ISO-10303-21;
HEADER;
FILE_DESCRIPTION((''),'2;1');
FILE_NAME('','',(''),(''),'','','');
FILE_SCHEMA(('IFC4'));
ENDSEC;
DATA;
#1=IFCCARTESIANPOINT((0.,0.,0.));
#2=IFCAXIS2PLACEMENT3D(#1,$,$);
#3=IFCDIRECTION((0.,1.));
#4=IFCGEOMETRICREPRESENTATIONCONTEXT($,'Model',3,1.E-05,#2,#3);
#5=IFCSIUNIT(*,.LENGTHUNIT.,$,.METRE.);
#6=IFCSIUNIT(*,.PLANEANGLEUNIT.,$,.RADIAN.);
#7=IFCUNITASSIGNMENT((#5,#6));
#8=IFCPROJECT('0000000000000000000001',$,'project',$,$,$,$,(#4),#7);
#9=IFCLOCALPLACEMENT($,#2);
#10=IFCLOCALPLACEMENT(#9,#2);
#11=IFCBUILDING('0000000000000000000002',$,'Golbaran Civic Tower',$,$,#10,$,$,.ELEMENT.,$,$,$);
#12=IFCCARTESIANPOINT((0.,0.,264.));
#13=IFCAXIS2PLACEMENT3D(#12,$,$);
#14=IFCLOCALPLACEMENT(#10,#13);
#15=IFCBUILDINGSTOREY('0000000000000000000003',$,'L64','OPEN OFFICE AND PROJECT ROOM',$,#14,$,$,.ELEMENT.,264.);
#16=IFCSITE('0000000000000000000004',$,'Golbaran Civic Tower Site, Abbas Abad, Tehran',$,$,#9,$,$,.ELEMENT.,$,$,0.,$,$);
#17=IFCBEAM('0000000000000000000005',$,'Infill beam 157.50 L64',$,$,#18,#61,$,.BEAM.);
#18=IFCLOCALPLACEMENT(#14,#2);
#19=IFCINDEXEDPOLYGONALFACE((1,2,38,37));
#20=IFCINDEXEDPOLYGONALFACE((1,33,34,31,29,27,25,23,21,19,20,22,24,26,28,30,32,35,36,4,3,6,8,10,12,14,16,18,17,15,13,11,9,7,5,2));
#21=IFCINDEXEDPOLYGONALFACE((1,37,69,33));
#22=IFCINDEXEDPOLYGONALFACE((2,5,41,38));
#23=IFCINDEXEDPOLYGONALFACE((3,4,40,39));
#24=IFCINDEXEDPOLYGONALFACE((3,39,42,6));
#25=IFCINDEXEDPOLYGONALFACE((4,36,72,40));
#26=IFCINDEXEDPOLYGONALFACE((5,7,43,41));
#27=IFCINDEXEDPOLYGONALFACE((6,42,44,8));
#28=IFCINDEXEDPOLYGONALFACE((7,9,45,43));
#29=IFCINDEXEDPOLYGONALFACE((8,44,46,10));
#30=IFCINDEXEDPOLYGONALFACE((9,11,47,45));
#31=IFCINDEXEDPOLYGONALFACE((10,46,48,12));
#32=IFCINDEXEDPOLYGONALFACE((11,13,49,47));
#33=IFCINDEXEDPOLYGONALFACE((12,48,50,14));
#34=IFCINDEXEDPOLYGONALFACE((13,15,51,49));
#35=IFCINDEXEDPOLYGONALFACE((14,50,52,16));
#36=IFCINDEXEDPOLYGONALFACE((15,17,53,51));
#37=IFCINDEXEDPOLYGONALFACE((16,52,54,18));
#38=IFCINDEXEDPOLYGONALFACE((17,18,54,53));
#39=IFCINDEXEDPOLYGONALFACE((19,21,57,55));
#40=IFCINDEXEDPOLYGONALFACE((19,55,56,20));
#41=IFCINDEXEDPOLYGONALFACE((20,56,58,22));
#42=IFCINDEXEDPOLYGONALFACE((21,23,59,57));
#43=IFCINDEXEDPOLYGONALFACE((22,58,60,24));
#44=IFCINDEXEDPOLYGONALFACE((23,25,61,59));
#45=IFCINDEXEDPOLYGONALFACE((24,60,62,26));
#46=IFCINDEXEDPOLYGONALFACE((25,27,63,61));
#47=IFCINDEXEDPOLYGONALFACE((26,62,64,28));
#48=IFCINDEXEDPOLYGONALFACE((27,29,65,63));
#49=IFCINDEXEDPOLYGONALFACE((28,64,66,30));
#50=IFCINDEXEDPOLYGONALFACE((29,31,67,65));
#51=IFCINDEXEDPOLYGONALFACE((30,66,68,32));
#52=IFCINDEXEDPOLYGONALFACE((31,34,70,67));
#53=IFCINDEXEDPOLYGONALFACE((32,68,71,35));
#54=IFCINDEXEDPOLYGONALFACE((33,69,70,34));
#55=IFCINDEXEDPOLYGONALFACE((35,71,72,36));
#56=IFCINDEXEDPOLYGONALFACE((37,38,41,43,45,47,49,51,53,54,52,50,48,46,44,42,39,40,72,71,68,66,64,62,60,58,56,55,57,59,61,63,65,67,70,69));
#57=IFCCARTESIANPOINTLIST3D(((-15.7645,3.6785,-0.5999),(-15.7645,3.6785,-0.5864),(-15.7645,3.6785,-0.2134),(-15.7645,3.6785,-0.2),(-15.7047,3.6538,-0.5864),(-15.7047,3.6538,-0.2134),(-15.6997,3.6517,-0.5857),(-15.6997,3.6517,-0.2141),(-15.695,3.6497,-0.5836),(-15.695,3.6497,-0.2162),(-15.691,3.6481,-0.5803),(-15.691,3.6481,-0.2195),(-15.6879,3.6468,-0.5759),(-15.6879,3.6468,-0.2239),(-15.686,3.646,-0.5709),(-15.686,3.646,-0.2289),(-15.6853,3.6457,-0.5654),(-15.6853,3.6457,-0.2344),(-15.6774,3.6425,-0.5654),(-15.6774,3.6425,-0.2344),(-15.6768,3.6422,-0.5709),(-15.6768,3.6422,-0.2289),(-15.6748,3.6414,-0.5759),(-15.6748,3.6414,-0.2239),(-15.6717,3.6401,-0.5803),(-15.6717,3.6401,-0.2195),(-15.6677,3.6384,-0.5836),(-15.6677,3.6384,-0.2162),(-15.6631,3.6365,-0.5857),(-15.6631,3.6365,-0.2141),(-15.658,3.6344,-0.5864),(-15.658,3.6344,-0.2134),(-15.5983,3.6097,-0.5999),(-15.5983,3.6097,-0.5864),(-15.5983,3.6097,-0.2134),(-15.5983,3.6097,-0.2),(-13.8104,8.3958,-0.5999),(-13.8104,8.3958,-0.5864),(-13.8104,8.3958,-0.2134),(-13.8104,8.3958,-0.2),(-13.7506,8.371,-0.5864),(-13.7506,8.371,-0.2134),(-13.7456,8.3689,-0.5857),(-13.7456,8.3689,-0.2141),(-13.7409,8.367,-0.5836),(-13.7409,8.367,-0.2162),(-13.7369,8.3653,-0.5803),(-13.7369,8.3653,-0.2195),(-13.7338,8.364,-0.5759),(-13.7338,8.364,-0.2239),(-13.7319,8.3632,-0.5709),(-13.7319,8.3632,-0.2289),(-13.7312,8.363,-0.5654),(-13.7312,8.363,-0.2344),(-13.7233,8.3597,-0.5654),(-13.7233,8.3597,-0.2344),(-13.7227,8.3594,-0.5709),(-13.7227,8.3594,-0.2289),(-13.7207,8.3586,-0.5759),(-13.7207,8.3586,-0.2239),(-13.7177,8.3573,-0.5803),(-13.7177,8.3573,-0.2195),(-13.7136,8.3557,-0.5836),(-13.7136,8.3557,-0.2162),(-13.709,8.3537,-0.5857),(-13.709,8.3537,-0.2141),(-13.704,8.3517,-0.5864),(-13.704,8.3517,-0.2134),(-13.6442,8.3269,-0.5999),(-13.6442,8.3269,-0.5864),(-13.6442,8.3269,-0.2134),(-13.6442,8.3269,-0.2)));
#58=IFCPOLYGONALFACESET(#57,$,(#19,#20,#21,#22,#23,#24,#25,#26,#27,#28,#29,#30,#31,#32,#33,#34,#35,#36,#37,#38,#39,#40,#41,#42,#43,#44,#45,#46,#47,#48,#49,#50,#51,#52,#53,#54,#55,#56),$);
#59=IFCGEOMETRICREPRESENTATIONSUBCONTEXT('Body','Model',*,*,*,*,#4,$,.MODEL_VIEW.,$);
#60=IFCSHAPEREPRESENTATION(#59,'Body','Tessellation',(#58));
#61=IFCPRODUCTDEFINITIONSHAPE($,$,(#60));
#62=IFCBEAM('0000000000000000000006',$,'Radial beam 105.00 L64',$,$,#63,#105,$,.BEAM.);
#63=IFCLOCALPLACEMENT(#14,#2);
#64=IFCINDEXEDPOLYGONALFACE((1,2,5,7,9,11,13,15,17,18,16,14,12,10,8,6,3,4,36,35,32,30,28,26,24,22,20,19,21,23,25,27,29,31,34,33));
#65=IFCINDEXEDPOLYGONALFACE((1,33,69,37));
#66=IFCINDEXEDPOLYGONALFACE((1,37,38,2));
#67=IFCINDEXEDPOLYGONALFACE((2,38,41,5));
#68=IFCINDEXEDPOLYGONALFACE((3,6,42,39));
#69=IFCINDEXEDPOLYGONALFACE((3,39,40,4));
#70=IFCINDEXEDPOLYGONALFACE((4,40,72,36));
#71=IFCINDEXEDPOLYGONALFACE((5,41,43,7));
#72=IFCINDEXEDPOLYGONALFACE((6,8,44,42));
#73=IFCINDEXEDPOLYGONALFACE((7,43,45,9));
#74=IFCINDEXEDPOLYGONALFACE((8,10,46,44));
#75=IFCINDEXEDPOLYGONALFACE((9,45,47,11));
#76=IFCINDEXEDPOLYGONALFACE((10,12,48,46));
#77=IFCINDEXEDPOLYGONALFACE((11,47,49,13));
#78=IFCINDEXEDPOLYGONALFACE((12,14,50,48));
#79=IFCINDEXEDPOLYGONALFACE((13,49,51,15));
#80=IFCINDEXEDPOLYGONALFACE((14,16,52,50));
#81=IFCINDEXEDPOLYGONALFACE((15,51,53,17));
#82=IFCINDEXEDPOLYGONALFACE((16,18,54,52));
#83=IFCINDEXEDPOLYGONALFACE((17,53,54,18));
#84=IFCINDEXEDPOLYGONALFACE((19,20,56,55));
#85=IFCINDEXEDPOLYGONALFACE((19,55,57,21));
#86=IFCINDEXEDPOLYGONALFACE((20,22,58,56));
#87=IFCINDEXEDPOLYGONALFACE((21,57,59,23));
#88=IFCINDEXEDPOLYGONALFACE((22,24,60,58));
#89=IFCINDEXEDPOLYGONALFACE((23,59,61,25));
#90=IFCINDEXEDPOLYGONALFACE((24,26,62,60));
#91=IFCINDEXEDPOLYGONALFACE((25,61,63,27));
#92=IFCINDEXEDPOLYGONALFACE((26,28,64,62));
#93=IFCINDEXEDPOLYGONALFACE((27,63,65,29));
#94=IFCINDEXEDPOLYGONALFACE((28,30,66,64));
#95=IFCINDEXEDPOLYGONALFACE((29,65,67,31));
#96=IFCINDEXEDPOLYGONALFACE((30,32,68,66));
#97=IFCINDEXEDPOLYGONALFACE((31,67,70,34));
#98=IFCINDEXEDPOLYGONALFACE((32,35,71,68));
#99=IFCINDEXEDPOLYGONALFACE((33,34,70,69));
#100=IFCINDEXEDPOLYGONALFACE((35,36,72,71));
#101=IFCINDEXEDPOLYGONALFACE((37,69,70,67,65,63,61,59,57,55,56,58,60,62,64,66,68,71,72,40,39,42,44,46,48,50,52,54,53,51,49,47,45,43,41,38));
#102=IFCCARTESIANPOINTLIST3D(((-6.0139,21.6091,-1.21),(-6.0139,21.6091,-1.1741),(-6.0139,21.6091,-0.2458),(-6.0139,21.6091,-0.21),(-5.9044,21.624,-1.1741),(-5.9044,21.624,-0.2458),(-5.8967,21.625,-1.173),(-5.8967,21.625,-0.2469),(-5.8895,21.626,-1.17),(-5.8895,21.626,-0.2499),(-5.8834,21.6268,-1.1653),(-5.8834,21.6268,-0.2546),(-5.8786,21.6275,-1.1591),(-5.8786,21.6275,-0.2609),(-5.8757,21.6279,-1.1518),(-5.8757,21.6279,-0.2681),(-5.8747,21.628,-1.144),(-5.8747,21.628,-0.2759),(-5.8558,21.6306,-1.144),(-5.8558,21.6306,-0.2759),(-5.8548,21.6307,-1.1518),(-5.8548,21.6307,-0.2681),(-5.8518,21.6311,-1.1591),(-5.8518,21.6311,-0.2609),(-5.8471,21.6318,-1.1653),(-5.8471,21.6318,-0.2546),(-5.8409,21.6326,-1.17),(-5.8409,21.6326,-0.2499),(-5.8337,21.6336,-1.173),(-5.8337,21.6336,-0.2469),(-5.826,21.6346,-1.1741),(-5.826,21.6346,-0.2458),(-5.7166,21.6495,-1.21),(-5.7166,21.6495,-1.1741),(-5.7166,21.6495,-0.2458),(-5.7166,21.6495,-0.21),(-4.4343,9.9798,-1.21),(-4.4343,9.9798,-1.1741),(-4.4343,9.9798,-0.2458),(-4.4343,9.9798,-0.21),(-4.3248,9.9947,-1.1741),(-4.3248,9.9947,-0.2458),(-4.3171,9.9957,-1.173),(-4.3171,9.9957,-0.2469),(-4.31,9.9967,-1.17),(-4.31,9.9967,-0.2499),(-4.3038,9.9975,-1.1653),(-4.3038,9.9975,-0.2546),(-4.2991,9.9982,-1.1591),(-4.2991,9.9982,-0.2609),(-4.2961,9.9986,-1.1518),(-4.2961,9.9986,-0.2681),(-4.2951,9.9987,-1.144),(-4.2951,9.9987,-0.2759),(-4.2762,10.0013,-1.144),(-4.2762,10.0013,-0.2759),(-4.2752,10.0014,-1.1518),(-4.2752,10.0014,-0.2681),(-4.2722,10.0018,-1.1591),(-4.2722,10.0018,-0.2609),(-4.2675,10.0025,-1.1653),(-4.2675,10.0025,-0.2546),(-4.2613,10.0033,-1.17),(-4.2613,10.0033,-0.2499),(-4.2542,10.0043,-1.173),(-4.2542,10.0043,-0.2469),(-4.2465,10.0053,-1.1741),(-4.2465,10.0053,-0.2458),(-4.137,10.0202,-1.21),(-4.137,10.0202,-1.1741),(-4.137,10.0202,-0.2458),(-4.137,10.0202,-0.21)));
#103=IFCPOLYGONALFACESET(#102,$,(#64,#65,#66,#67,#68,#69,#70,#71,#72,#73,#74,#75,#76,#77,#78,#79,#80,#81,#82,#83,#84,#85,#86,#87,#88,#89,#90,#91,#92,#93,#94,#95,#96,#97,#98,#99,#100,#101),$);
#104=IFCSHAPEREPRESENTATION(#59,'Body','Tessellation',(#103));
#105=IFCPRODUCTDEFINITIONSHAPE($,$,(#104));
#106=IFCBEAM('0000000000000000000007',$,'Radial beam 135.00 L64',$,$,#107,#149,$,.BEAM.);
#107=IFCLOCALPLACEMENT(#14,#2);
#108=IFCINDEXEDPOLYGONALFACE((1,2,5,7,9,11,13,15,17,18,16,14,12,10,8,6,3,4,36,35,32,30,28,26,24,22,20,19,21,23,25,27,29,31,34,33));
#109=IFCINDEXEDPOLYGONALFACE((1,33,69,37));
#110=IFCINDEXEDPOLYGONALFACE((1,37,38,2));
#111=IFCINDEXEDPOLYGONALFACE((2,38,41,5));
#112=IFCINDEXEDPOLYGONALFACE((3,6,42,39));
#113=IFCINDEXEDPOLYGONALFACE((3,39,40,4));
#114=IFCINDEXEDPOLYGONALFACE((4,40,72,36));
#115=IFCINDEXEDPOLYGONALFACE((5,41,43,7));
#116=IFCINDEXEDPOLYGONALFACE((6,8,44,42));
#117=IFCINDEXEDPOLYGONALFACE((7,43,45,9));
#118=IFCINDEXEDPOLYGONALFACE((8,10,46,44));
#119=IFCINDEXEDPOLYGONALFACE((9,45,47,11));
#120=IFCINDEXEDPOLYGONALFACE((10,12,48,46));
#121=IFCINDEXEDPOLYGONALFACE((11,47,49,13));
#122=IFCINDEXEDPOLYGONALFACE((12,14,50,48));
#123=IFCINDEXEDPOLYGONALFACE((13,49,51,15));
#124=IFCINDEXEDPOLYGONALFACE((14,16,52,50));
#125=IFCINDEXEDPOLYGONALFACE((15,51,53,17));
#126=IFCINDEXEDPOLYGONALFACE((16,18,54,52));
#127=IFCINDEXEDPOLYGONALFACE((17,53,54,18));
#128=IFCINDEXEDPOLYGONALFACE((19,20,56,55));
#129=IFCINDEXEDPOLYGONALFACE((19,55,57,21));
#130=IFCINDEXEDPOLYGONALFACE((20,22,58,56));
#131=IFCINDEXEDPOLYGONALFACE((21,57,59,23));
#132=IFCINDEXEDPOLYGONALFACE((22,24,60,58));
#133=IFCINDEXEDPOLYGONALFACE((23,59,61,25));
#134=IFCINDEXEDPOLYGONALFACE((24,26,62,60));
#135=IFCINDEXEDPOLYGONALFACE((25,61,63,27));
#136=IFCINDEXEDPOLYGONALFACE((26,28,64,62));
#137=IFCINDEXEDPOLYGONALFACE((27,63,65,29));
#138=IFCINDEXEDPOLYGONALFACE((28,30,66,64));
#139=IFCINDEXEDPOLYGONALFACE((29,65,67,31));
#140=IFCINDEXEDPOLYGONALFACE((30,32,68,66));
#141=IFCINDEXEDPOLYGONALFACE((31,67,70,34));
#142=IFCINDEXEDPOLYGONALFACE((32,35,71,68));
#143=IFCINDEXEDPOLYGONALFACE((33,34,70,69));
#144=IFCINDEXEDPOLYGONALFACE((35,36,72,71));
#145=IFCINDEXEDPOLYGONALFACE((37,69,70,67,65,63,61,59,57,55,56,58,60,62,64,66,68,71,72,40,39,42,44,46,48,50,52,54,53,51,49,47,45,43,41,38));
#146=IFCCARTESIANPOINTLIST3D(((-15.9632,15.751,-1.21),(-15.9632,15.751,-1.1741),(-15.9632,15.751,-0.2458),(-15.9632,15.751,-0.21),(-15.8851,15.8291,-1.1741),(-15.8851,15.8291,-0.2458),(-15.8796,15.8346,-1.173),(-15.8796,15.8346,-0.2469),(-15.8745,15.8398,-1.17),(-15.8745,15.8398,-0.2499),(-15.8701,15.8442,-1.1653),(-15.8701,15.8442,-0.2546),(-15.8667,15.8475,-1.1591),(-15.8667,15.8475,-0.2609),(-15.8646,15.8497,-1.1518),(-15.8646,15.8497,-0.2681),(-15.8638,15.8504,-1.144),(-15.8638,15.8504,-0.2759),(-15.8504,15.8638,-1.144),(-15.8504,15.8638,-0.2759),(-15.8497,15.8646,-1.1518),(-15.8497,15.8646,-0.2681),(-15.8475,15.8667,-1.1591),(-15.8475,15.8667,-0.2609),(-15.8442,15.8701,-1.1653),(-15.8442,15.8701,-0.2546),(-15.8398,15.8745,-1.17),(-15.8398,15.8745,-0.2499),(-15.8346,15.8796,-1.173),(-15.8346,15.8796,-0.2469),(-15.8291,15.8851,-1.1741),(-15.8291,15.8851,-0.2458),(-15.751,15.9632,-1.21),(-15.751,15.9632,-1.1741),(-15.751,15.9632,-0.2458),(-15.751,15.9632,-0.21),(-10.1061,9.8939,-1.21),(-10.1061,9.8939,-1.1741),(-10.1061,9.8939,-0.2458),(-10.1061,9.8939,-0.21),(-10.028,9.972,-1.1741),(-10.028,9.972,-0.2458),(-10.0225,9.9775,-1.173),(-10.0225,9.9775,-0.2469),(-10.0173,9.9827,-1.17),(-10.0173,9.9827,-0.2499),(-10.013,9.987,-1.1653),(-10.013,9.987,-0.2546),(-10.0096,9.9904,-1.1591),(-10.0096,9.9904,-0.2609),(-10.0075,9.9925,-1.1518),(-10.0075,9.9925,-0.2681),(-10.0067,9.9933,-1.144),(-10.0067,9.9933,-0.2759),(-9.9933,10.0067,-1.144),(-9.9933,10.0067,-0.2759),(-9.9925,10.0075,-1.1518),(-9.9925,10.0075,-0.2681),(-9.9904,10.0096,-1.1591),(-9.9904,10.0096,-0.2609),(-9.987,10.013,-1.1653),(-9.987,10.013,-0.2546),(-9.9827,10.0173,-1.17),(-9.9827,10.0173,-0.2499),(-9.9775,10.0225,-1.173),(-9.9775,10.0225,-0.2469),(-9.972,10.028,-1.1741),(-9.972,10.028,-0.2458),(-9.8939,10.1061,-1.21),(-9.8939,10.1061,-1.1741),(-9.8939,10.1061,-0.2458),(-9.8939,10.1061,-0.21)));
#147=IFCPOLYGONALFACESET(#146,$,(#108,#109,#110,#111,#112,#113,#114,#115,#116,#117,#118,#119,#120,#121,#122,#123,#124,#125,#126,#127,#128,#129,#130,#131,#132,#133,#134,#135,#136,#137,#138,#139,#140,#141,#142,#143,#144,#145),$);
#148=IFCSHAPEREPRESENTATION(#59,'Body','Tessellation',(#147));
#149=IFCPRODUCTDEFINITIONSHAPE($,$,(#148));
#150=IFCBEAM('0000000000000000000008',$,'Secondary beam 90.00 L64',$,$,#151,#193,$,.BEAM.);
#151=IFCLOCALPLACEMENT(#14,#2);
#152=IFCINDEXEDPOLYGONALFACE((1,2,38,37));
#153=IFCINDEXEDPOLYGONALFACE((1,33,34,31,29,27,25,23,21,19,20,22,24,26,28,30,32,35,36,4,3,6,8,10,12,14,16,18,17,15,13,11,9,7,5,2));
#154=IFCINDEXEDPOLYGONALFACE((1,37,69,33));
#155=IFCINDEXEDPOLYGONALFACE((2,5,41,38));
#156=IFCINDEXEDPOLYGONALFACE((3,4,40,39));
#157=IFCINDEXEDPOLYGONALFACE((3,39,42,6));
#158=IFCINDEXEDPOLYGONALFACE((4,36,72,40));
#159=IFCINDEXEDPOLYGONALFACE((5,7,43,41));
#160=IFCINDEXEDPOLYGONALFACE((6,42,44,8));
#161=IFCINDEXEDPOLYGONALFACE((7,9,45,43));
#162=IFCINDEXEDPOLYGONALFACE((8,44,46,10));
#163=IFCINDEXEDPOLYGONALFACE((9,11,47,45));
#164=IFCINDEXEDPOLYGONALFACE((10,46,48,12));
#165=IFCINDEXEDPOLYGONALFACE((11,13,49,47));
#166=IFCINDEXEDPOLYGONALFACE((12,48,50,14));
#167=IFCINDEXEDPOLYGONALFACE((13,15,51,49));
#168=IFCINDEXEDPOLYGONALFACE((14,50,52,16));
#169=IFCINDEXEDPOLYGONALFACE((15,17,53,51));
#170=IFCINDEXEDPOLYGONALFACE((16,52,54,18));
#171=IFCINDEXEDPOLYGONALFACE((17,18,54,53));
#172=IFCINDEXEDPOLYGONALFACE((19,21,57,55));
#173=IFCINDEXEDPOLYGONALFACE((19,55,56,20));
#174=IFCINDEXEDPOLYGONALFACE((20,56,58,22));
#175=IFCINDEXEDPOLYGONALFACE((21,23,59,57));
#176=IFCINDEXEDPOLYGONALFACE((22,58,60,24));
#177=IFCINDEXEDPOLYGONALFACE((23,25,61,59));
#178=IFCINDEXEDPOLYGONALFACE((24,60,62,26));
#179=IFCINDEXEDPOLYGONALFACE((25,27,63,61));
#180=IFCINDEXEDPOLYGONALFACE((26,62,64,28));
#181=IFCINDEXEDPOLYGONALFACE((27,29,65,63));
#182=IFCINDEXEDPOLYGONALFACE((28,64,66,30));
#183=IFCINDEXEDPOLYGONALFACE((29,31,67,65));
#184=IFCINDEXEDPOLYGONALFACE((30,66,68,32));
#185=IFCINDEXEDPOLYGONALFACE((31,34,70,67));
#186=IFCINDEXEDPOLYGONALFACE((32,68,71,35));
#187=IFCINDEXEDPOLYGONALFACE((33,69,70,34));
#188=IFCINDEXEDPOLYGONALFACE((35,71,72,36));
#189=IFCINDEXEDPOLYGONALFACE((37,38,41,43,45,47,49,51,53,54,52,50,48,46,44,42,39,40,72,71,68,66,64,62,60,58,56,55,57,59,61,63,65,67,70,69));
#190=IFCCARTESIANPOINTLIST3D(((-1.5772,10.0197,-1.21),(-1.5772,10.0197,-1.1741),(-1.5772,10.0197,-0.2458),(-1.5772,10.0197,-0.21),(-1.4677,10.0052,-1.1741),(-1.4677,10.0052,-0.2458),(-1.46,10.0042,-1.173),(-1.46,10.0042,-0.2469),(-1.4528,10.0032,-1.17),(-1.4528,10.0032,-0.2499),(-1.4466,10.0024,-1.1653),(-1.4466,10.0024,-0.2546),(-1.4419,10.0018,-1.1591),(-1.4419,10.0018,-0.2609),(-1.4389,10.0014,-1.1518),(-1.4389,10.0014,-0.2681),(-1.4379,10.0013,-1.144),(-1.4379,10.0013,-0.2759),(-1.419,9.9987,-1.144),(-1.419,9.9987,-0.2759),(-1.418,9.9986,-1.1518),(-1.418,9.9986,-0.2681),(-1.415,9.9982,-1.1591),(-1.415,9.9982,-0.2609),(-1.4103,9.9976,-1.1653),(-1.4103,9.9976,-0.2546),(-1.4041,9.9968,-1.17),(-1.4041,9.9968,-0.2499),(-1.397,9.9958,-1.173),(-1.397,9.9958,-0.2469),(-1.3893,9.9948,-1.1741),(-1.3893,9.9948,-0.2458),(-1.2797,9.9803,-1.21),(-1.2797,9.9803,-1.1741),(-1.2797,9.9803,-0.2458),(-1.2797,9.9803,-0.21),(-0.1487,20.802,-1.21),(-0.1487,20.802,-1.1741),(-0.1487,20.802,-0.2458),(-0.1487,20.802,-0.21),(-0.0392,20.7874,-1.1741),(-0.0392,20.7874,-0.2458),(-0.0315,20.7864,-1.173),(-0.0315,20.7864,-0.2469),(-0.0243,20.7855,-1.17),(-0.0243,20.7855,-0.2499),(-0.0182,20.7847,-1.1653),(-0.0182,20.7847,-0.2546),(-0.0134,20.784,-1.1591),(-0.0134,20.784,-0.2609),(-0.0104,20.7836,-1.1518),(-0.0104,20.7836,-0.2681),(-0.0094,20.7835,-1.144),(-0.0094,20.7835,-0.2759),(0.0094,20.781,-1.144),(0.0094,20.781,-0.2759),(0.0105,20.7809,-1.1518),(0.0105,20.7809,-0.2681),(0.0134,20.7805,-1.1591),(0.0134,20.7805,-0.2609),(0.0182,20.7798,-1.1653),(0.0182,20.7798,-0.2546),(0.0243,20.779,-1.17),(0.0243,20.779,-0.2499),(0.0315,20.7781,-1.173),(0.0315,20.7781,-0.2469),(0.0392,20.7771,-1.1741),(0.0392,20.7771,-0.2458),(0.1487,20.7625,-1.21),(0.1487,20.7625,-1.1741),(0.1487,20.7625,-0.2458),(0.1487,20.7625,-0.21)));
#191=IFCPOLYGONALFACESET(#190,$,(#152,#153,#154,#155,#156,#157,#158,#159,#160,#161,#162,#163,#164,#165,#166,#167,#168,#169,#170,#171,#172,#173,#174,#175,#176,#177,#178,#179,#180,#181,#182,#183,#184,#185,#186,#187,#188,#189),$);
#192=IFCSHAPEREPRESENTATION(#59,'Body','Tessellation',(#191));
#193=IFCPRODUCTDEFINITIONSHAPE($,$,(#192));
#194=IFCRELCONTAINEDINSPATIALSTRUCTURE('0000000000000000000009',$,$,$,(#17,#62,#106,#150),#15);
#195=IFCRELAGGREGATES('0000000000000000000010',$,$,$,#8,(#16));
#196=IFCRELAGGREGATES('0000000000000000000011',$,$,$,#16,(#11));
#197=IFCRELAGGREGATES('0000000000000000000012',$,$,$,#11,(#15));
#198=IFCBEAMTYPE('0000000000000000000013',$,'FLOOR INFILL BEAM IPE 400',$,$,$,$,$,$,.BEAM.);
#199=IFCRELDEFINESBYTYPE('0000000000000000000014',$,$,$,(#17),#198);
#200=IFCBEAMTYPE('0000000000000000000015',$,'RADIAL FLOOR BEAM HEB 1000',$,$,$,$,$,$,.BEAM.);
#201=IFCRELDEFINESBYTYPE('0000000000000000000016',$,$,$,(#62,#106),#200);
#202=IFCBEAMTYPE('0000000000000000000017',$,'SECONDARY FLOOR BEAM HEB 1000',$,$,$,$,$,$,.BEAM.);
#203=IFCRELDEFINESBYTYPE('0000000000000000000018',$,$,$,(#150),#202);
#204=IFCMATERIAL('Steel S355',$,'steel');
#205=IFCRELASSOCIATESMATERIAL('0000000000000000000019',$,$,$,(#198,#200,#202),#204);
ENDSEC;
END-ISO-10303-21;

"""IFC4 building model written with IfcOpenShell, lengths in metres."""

from ifc_helpers import new_model, si_unit, direction, frame, origin, origin_2d, place, context, subcontext, project, spatial, i_section, extrude, material, material_profile, profile_set, type_object, element, save


model = new_model("IFC4")

# Units and contexts
model_context = context("Model", 3, precision=1e-05, world=origin(), true_north=direction((0.0, 1.0)))
body_context = subcontext(model_context, "Body", "Model", "MODEL_VIEW")
ifc_project = project(units=[si_unit("LENGTHUNIT", "METRE"), si_unit("PLANEANGLEUNIT", "RADIAN")], contexts=[model_context])

# Site, building, storey
site_placement = place(None, origin())
site = spatial("IfcSite", under=ifc_project, at=site_placement, Name="Golbaran Civic Tower Site, Abbas Abad, Tehran", CompositionType="ELEMENT", RefElevation=0.0)
building_placement = place(site_placement, origin())
building = spatial("IfcBuilding", under=site, at=building_placement, Name="Golbaran Civic Tower", CompositionType="ELEMENT")
storey_placement = place(building_placement, frame((0.0, 0.0, 264.0)))
storey = spatial("IfcBuildingStorey", under=building, at=storey_placement, Name="L64", Description="OPEN OFFICE AND PROJECT ROOM", CompositionType="ELEMENT", Elevation=264.0)

# Beams
ifc_material_1 = material(Name="Steel S355", Category="steel")
ifc_material_profile_1 = material_profile(ifc_material_1, i_section(OverallWidth=0.1799, OverallDepth=0.3999, WebThickness=0.0085, FlangeThickness=0.0134, FilletRadius=0.021, at=origin_2d()), Name="IPE 400")
ifc_profile_set_1 = profile_set([ifc_material_profile_1], Name="Steel S355")
beam_type_1 = type_object("IfcBeamType", Name="FLOOR INFILL BEAM IPE 400", PredefinedType="BEAM", material=ifc_profile_set_1)
beam_1_placement = place(storey_placement, frame((-13.7273, 8.3613, -0.3999), z_axis=(-0.382707, -0.92387, 0.0), x_axis=(0.92387, -0.382707, 0.0)))
element("IfcBeam", 1, at=beam_1_placement, inside=storey, type_object=beam_type_1, Name="Infill beam 157.50 L64", PredefinedType="BEAM", context=body_context, shape_type="SweptSolid", body=[
    extrude(i_section(OverallWidth=0.1799, OverallDepth=0.3999, WebThickness=0.0085, FlangeThickness=0.0134, FilletRadius=0.021, at=origin_2d()), origin(), (0.0, 0.0, 1.0), 5.106),
])
ifc_material_profile_2 = material_profile(ifc_material_1, i_section(OverallWidth=0.3, OverallDepth=1.0, WebThickness=0.019, FlangeThickness=0.0359, FilletRadius=0.03, at=origin_2d()), Name="HEB 1000")
ifc_profile_set_2 = profile_set([ifc_material_profile_2], Name="Steel S355")
beam_type_2 = type_object("IfcBeamType", Name="RADIAL FLOOR BEAM HEB 1000", PredefinedType="BEAM", material=ifc_profile_set_2)
beam_2_placement = place(storey_placement, frame((-4.2856, 10.0, -0.71), z_axis=(-0.134591, 0.990901, 0.0), x_axis=(-0.990901, -0.134591, 0.0)))
element("IfcBeam", 2, at=beam_2_placement, inside=storey, type_object=beam_type_2, Name="Radial beam 105.00 L64", PredefinedType="BEAM", context=body_context, shape_type="SweptSolid", body=[
    extrude(i_section(OverallWidth=0.3, OverallDepth=1.0, WebThickness=0.019, FlangeThickness=0.0359, FilletRadius=0.03, at=origin_2d()), origin(), (0.0, 0.0, 1.0), 11.7361),
])
beam_3_placement = place(storey_placement, frame((-10.0, 10.0, -0.71), z_axis=(-0.707107, 0.707107, 0.0), x_axis=(-0.707107, -0.707107, 0.0)))
element("IfcBeam", 3, at=beam_3_placement, inside=storey, type_object=beam_type_2, Name="Radial beam 135.00 L64", PredefinedType="BEAM", context=body_context, shape_type="SweptSolid", body=[
    extrude(i_section(OverallWidth=0.3, OverallDepth=1.0, WebThickness=0.019, FlangeThickness=0.0359, FilletRadius=0.03, at=origin_2d()), origin(), (0.0, 0.0, 1.0), 8.2832),
])
ifc_material_profile_3 = material_profile(ifc_material_1, i_section(OverallWidth=0.3, OverallDepth=1.0, WebThickness=0.019, FlangeThickness=0.0359, FilletRadius=0.03, at=origin_2d()), Name="HEB 1000")
ifc_profile_set_3 = profile_set([ifc_material_profile_3], Name="Steel S355")
beam_type_3 = type_object("IfcBeamType", Name="SECONDARY FLOOR BEAM HEB 1000", PredefinedType="BEAM", material=ifc_profile_set_3)
beam_4_placement = place(storey_placement, frame((-1.4285, 10.0, -0.71), z_axis=(0.131336, 0.991338, 0.0), x_axis=(-0.991338, 0.131336, 0.0)))
element("IfcBeam", 4, at=beam_4_placement, inside=storey, type_object=beam_type_3, Name="Secondary beam 90.00 L64", PredefinedType="BEAM", context=body_context, shape_type="SweptSolid", body=[
    extrude(i_section(OverallWidth=0.3, OverallDepth=1.0, WebThickness=0.019, FlangeThickness=0.0359, FilletRadius=0.03, at=origin_2d()), origin(), (0.0, 0.0, 1.0), 10.8765),
])

save(model, "model.ifc")
